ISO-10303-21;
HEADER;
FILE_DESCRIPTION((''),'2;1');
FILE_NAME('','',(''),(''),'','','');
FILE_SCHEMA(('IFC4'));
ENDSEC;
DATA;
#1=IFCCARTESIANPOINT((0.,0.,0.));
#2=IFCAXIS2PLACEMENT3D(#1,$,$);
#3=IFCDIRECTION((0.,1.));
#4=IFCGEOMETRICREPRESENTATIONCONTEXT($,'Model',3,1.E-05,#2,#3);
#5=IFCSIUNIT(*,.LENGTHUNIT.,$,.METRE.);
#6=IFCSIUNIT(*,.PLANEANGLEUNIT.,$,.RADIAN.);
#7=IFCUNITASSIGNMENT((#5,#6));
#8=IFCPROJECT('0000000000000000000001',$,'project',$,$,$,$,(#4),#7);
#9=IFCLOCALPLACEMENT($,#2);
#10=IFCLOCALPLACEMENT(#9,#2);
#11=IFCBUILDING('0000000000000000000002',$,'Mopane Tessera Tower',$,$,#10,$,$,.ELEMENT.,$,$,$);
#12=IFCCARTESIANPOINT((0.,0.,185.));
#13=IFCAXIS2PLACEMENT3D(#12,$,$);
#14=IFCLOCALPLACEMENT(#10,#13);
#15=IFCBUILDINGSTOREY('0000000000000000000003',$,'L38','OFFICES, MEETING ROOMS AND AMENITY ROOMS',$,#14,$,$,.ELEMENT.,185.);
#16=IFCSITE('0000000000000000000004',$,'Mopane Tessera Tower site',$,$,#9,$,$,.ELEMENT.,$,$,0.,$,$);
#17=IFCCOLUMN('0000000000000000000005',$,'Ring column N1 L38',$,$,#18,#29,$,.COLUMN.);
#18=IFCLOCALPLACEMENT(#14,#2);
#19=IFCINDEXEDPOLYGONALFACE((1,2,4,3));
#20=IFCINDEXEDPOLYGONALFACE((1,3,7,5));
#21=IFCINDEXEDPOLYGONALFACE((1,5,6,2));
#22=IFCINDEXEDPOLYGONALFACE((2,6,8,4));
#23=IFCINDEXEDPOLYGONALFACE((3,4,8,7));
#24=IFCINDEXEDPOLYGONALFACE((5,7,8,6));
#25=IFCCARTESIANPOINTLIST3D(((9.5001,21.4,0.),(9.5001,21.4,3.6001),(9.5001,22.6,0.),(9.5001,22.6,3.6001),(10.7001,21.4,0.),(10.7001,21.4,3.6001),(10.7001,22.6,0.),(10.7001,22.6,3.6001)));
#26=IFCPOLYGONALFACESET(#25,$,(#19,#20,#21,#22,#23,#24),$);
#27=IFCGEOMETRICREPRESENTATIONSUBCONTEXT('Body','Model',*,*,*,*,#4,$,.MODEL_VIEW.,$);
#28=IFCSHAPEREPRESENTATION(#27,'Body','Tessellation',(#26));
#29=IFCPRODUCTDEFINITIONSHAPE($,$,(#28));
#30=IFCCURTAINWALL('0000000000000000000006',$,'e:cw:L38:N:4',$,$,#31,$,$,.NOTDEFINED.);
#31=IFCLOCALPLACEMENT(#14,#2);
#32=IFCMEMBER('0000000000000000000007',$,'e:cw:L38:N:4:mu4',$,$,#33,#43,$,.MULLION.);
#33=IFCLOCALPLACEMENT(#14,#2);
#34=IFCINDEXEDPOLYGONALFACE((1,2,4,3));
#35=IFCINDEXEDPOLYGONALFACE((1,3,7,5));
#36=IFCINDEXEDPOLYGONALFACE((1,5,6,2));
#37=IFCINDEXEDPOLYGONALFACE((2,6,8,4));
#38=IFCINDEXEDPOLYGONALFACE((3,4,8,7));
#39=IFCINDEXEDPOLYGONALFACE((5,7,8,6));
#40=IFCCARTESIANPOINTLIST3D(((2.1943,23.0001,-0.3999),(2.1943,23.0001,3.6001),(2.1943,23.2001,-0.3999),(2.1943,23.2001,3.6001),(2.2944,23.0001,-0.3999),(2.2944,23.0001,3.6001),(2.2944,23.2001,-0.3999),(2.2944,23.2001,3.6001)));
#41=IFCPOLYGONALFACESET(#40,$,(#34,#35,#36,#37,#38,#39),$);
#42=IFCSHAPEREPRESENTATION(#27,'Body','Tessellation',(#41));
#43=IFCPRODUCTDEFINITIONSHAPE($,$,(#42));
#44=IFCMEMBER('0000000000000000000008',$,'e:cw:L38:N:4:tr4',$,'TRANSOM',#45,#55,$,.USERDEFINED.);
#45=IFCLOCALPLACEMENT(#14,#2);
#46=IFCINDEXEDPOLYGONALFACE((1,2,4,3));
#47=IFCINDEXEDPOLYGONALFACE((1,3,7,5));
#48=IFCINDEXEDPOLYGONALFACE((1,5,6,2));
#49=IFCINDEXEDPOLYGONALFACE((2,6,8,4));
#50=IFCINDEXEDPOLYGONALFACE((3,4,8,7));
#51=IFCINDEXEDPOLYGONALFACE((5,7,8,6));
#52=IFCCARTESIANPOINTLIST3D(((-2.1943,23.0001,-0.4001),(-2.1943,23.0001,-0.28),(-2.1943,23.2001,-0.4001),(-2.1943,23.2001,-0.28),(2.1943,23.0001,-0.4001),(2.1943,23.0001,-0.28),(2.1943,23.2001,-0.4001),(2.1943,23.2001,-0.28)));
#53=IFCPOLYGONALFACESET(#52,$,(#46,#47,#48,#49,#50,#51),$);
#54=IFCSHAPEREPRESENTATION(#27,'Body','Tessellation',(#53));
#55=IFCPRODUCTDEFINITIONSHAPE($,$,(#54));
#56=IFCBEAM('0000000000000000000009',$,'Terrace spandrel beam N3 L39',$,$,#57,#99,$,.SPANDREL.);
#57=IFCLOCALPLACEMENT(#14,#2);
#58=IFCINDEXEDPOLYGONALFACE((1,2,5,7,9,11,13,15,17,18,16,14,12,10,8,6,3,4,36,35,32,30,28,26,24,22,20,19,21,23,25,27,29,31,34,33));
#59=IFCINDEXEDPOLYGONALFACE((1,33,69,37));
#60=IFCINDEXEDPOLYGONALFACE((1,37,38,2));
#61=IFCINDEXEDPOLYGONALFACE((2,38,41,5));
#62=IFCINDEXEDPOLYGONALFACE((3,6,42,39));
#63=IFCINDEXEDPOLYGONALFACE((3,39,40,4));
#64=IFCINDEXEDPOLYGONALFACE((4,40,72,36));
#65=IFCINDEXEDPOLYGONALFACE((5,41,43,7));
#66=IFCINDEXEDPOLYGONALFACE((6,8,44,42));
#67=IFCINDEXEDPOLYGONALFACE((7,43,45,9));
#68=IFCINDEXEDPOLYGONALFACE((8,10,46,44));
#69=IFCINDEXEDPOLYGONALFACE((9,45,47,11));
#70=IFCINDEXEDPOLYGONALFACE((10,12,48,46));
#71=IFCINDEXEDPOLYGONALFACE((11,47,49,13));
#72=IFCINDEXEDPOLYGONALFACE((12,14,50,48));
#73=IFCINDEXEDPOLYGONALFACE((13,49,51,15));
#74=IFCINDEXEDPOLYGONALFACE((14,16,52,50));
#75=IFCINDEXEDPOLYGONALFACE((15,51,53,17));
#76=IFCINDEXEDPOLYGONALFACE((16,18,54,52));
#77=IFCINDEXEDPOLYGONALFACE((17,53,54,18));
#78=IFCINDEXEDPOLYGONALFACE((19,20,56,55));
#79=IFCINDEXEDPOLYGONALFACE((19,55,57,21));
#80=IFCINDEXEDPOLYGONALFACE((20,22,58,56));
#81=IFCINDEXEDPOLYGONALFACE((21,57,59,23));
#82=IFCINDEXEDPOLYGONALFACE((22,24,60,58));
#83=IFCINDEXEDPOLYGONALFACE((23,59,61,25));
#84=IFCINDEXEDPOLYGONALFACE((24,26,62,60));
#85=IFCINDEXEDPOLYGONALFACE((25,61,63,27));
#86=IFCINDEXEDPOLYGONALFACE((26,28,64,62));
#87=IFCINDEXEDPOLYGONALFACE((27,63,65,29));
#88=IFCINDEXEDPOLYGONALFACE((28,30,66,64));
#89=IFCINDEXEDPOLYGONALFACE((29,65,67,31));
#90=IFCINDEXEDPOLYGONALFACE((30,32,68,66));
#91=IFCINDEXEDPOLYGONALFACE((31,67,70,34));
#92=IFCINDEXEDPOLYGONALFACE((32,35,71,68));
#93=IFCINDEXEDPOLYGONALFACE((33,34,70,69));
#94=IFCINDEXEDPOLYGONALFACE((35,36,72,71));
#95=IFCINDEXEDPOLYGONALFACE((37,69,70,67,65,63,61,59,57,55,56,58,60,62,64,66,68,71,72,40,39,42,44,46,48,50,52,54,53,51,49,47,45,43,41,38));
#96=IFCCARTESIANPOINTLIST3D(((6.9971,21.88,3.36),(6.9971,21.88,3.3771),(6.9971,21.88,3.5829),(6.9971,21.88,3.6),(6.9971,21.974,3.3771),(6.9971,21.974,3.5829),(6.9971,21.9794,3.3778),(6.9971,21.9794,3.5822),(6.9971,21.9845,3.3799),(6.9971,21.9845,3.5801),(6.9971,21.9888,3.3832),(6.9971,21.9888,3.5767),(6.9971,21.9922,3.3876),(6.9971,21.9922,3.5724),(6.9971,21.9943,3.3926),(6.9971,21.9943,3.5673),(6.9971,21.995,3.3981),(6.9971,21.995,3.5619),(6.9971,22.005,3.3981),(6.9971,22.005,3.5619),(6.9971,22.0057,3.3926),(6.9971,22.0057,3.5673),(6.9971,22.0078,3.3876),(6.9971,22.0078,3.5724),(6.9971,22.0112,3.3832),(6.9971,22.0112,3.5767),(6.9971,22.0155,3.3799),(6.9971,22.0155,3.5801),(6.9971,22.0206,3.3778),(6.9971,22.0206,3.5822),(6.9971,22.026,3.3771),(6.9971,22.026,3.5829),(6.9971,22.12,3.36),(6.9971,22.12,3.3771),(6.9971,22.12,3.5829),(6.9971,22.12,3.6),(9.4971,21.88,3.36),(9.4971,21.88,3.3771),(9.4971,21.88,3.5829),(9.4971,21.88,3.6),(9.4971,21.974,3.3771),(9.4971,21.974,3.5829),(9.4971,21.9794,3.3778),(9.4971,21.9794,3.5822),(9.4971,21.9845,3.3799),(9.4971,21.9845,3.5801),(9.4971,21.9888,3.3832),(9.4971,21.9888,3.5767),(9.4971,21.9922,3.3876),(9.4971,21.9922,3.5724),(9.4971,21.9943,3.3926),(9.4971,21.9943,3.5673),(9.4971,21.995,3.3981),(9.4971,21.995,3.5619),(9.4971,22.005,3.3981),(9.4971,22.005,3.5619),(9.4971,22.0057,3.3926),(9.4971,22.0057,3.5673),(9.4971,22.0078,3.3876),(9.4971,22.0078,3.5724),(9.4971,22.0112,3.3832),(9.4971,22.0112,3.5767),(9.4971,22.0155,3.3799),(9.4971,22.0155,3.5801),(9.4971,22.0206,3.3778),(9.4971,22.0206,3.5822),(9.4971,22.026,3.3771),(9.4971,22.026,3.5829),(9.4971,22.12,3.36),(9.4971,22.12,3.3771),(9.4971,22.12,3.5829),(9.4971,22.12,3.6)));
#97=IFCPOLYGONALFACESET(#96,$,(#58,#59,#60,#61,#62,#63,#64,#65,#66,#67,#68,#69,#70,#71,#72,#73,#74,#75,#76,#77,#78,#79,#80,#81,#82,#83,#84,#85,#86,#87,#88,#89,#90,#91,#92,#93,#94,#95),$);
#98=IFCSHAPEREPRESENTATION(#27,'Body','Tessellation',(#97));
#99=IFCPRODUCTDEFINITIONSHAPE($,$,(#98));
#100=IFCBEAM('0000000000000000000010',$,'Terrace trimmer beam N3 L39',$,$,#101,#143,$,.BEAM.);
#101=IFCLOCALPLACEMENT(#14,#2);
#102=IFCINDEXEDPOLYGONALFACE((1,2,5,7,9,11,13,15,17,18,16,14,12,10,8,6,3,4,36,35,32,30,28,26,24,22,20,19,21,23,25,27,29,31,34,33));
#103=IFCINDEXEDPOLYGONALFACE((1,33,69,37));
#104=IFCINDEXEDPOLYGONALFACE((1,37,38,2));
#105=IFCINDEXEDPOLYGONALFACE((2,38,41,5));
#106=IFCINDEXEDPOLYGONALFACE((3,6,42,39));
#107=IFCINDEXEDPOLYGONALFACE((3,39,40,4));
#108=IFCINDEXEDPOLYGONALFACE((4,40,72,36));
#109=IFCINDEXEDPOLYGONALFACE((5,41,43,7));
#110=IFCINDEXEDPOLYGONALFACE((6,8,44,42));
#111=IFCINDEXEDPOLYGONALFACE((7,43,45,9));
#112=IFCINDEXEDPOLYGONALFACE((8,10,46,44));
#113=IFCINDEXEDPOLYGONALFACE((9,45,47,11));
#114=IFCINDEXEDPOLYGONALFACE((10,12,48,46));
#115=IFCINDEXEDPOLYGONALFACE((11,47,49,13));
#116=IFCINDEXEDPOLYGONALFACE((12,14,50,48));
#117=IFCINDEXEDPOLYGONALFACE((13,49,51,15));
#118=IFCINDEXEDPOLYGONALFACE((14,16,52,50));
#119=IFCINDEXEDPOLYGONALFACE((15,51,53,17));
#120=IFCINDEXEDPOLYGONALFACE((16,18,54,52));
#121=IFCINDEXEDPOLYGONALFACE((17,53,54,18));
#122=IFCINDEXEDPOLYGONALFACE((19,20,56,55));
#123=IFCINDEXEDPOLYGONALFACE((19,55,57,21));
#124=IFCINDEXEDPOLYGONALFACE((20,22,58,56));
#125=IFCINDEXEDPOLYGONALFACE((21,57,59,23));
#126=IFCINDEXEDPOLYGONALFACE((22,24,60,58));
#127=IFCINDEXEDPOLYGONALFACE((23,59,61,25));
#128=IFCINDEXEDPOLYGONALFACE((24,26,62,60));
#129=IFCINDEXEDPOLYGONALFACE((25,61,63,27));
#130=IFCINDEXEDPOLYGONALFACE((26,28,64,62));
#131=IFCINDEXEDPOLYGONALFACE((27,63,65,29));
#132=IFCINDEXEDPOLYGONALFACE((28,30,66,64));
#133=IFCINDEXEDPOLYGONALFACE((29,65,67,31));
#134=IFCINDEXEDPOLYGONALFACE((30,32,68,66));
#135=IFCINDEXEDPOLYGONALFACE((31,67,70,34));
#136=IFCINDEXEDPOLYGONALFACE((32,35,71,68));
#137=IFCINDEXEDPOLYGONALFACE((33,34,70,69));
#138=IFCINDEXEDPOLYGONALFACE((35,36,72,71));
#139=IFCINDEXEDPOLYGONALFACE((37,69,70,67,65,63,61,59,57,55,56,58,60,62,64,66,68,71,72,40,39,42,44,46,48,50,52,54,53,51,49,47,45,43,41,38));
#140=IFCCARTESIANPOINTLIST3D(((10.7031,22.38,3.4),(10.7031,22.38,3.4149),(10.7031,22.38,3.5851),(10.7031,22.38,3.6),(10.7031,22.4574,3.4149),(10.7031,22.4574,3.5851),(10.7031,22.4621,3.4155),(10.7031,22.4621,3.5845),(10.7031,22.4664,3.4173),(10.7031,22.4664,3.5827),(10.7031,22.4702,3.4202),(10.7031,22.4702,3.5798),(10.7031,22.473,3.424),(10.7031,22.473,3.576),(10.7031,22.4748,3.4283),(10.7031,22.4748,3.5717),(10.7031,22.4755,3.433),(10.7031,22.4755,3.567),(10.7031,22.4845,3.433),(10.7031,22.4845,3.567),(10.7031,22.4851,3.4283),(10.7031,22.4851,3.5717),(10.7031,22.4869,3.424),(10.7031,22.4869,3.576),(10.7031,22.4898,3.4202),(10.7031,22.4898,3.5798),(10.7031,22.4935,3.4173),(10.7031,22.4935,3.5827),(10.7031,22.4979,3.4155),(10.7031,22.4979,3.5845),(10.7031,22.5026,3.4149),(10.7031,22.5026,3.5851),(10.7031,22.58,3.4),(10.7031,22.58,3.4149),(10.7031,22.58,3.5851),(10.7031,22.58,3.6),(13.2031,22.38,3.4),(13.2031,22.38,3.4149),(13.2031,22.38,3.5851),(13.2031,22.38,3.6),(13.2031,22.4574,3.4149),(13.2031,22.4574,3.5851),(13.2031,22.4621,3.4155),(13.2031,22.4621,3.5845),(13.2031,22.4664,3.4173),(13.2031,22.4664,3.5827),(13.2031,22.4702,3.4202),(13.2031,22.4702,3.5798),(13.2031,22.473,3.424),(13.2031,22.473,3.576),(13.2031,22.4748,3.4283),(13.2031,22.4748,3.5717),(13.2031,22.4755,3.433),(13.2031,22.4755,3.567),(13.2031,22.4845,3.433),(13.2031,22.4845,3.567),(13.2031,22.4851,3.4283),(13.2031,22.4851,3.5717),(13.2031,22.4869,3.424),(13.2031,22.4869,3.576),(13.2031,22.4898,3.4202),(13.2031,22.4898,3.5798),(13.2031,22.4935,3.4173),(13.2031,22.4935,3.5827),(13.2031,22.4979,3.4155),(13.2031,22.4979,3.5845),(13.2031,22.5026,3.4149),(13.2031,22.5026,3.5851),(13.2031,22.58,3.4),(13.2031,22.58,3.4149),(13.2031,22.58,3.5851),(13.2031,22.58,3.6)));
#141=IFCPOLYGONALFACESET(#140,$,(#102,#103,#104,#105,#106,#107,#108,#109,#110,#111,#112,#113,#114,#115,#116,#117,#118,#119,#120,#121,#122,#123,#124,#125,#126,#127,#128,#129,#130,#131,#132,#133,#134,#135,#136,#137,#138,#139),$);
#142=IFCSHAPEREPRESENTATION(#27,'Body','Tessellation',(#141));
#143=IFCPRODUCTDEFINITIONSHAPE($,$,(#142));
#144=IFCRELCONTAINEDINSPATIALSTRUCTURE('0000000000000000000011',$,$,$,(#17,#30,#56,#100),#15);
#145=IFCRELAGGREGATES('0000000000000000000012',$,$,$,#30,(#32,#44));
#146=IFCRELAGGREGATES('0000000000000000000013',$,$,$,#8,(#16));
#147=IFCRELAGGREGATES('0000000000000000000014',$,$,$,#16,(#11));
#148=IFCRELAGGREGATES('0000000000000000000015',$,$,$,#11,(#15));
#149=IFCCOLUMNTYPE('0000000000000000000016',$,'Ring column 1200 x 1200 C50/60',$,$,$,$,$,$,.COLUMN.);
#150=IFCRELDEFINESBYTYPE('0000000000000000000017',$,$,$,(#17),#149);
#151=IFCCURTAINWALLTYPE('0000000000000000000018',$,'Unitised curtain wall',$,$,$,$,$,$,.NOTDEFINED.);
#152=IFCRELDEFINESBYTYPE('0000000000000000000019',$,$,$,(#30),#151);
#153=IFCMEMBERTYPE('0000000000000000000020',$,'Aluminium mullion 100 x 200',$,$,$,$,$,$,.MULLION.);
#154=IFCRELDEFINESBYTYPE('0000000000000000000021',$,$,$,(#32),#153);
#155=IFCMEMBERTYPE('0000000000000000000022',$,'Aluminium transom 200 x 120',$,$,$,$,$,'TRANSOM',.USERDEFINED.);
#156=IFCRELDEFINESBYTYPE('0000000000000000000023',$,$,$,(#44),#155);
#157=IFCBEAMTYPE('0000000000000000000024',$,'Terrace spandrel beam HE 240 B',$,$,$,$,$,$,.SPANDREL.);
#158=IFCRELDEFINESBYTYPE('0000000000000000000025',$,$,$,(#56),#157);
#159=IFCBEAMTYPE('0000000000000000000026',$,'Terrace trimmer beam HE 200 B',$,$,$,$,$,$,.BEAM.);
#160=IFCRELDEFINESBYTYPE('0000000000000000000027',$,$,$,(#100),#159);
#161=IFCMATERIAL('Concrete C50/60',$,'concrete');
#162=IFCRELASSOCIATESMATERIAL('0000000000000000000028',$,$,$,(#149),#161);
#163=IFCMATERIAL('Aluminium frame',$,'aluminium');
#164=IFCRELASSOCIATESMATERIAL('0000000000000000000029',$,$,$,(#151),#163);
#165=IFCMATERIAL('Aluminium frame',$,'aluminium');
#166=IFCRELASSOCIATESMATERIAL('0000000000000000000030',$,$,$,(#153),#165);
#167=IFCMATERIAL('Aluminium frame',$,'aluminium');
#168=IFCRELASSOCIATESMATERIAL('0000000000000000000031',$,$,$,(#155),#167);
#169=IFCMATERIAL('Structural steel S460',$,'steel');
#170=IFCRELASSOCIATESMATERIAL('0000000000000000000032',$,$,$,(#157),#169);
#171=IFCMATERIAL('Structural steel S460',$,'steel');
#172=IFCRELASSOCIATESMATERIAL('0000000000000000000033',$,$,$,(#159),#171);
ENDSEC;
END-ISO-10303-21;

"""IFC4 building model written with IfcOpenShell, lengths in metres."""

from ifc_helpers import new_model, si_unit, direction, frame, origin, origin_2d, place, context, subcontext, project, spatial, rectangle, i_section, extrude, material, material_profile, profile_set, type_object, element, aggregate, save


model = new_model("IFC4")

# Units and contexts
model_context = context("Model", 3, precision=1e-05, world=origin(), true_north=direction((0.0, 1.0)))
body_context = subcontext(model_context, "Body", "Model", "MODEL_VIEW")
ifc_project = project(units=[si_unit("LENGTHUNIT", "METRE"), si_unit("PLANEANGLEUNIT", "RADIAN")], contexts=[model_context])

# Site, building, storey
site_placement = place(None, origin())
site = spatial("IfcSite", under=ifc_project, at=site_placement, Name="Mopane Tessera Tower site", CompositionType="ELEMENT", RefElevation=0.0)
building_placement = place(site_placement, origin())
building = spatial("IfcBuilding", under=site, at=building_placement, Name="Mopane Tessera Tower", CompositionType="ELEMENT")
storey_placement = place(building_placement, frame((0.0, 0.0, 185.0)))
storey = spatial("IfcBuildingStorey", under=building, at=storey_placement, Name="L38", Description="OFFICES, MEETING ROOMS AND AMENITY ROOMS", CompositionType="ELEMENT", Elevation=185.0)

# Column
ifc_material_1 = material(Name="Concrete C50/60", Category="concrete")
ifc_material_profile_1 = material_profile(ifc_material_1, rectangle(XDim=1.2, YDim=1.2, at=origin_2d()))
ifc_profile_set_1 = profile_set([ifc_material_profile_1], Name="Concrete C50/60")
column_type = type_object("IfcColumnType", Name="Ring column 1200 x 1200 C50/60", PredefinedType="COLUMN", material=ifc_profile_set_1)
column_placement = place(storey_placement, frame((10.1001, 22.0, 0.0), z_axis=(0.0, 0.0, 1.0), x_axis=(1.0, 0.0, 0.0)))
element("IfcColumn", 1, at=column_placement, inside=storey, type_object=column_type, Name="Ring column N1 L38", PredefinedType="COLUMN", context=body_context, shape_type="SweptSolid", body=[
    extrude(rectangle(XDim=1.2, YDim=1.2, at=origin_2d()), origin(), (0.0, 0.0, 1.0), 3.6001),
])

# Curtain wall, members
ifc_material_2 = material(Name="Aluminium frame", Category="aluminium")
curtain_wall_type = type_object("IfcCurtainWallType", Name="Unitised curtain wall", PredefinedType="NOTDEFINED", material=ifc_material_2)
curtain_wall_placement = place(storey_placement, origin())
curtain_wall = element("IfcCurtainWall", 2, at=curtain_wall_placement, inside=storey, type_object=curtain_wall_type, Name="e:cw:L38:N:4", PredefinedType="NOTDEFINED")
ifc_material_3 = material(Name="Aluminium frame", Category="aluminium")
ifc_material_profile_2 = material_profile(ifc_material_3, rectangle(XDim=0.1001, YDim=0.2, at=origin_2d()))
ifc_profile_set_2 = profile_set([ifc_material_profile_2], Name="Aluminium frame")
member_type_1 = type_object("IfcMemberType", Name="Aluminium mullion 100 x 200", PredefinedType="MULLION", material=ifc_profile_set_2)
member_1_placement = place(storey_placement, frame((2.2444, 23.1001, -0.3999), z_axis=(0.0, 0.0, 1.0), x_axis=(-1.0, 0.0, 0.0)))
member_1 = element("IfcMember", 3, at=member_1_placement, type_object=member_type_1, Name="e:cw:L38:N:4:mu4", PredefinedType="MULLION", context=body_context, shape_type="SweptSolid", body=[
    extrude(rectangle(XDim=0.1001, YDim=0.2, at=origin_2d()), origin(), (0.0, 0.0, 1.0), 4.0),
])
ifc_material_4 = material(Name="Aluminium frame", Category="aluminium")
ifc_material_profile_3 = material_profile(ifc_material_4, rectangle(XDim=0.2, YDim=0.1201, at=origin_2d()))
ifc_profile_set_3 = profile_set([ifc_material_profile_3], Name="Aluminium frame")
member_type_2 = type_object("IfcMemberType", Name="Aluminium transom 200 x 120", ElementType="TRANSOM", PredefinedType="USERDEFINED", material=ifc_profile_set_3)
member_2_placement = place(storey_placement, frame((2.1943, 23.1001, -0.3401), z_axis=(-1.0, 0.0, 0.0), x_axis=(0.0, -1.0, 0.0)))
member_2 = element("IfcMember", 4, at=member_2_placement, type_object=member_type_2, Name="e:cw:L38:N:4:tr4", ObjectType="TRANSOM", PredefinedType="USERDEFINED", context=body_context, shape_type="SweptSolid", body=[
    extrude(rectangle(XDim=0.2, YDim=0.1201, at=origin_2d()), origin(), (0.0, 0.0, 1.0), 4.3887),
])

# Beams
ifc_material_5 = material(Name="Structural steel S460", Category="steel")
ifc_material_profile_4 = material_profile(ifc_material_5, i_section(OverallWidth=0.24, OverallDepth=0.24, WebThickness=0.01, FlangeThickness=0.0171, FilletRadius=0.021, at=origin_2d()))
ifc_profile_set_4 = profile_set([ifc_material_profile_4], Name="Structural steel S460")
beam_type_1 = type_object("IfcBeamType", Name="Terrace spandrel beam HE 240 B", PredefinedType="SPANDREL", material=ifc_profile_set_4)
beam_1_placement = place(storey_placement, frame((9.4971, 22.0, 3.48), z_axis=(-1.0, 0.0, 0.0), x_axis=(0.0, -1.0, 0.0)))
element("IfcBeam", 5, at=beam_1_placement, inside=storey, type_object=beam_type_1, Name="Terrace spandrel beam N3 L39", PredefinedType="SPANDREL", context=body_context, shape_type="SweptSolid", body=[
    extrude(i_section(OverallWidth=0.24, OverallDepth=0.24, WebThickness=0.01, FlangeThickness=0.0171, FilletRadius=0.021, at=origin_2d()), origin(), (0.0, 0.0, 1.0), 2.5),
])
ifc_material_6 = material(Name="Structural steel S460", Category="steel")
ifc_material_profile_5 = material_profile(ifc_material_6, i_section(OverallWidth=0.2, OverallDepth=0.2, WebThickness=0.009, FlangeThickness=0.0149, FilletRadius=0.0181, at=origin_2d()))
ifc_profile_set_5 = profile_set([ifc_material_profile_5], Name="Structural steel S460")
beam_type_2 = type_object("IfcBeamType", Name="Terrace trimmer beam HE 200 B", PredefinedType="BEAM", material=ifc_profile_set_5)
beam_2_placement = place(storey_placement, frame((10.7031, 22.48, 3.5), z_axis=(1.0, 0.0, 0.0), x_axis=(0.0, 1.0, 0.0)))
element("IfcBeam", 6, at=beam_2_placement, inside=storey, type_object=beam_type_2, Name="Terrace trimmer beam N3 L39", PredefinedType="BEAM", context=body_context, shape_type="SweptSolid", body=[
    extrude(i_section(OverallWidth=0.2, OverallDepth=0.2, WebThickness=0.009, FlangeThickness=0.0149, FilletRadius=0.0181, at=origin_2d()), origin(), (0.0, 0.0, 1.0), 2.5),
])

aggregate(curtain_wall, [member_1, member_2])

save(model, "model.ifc")
